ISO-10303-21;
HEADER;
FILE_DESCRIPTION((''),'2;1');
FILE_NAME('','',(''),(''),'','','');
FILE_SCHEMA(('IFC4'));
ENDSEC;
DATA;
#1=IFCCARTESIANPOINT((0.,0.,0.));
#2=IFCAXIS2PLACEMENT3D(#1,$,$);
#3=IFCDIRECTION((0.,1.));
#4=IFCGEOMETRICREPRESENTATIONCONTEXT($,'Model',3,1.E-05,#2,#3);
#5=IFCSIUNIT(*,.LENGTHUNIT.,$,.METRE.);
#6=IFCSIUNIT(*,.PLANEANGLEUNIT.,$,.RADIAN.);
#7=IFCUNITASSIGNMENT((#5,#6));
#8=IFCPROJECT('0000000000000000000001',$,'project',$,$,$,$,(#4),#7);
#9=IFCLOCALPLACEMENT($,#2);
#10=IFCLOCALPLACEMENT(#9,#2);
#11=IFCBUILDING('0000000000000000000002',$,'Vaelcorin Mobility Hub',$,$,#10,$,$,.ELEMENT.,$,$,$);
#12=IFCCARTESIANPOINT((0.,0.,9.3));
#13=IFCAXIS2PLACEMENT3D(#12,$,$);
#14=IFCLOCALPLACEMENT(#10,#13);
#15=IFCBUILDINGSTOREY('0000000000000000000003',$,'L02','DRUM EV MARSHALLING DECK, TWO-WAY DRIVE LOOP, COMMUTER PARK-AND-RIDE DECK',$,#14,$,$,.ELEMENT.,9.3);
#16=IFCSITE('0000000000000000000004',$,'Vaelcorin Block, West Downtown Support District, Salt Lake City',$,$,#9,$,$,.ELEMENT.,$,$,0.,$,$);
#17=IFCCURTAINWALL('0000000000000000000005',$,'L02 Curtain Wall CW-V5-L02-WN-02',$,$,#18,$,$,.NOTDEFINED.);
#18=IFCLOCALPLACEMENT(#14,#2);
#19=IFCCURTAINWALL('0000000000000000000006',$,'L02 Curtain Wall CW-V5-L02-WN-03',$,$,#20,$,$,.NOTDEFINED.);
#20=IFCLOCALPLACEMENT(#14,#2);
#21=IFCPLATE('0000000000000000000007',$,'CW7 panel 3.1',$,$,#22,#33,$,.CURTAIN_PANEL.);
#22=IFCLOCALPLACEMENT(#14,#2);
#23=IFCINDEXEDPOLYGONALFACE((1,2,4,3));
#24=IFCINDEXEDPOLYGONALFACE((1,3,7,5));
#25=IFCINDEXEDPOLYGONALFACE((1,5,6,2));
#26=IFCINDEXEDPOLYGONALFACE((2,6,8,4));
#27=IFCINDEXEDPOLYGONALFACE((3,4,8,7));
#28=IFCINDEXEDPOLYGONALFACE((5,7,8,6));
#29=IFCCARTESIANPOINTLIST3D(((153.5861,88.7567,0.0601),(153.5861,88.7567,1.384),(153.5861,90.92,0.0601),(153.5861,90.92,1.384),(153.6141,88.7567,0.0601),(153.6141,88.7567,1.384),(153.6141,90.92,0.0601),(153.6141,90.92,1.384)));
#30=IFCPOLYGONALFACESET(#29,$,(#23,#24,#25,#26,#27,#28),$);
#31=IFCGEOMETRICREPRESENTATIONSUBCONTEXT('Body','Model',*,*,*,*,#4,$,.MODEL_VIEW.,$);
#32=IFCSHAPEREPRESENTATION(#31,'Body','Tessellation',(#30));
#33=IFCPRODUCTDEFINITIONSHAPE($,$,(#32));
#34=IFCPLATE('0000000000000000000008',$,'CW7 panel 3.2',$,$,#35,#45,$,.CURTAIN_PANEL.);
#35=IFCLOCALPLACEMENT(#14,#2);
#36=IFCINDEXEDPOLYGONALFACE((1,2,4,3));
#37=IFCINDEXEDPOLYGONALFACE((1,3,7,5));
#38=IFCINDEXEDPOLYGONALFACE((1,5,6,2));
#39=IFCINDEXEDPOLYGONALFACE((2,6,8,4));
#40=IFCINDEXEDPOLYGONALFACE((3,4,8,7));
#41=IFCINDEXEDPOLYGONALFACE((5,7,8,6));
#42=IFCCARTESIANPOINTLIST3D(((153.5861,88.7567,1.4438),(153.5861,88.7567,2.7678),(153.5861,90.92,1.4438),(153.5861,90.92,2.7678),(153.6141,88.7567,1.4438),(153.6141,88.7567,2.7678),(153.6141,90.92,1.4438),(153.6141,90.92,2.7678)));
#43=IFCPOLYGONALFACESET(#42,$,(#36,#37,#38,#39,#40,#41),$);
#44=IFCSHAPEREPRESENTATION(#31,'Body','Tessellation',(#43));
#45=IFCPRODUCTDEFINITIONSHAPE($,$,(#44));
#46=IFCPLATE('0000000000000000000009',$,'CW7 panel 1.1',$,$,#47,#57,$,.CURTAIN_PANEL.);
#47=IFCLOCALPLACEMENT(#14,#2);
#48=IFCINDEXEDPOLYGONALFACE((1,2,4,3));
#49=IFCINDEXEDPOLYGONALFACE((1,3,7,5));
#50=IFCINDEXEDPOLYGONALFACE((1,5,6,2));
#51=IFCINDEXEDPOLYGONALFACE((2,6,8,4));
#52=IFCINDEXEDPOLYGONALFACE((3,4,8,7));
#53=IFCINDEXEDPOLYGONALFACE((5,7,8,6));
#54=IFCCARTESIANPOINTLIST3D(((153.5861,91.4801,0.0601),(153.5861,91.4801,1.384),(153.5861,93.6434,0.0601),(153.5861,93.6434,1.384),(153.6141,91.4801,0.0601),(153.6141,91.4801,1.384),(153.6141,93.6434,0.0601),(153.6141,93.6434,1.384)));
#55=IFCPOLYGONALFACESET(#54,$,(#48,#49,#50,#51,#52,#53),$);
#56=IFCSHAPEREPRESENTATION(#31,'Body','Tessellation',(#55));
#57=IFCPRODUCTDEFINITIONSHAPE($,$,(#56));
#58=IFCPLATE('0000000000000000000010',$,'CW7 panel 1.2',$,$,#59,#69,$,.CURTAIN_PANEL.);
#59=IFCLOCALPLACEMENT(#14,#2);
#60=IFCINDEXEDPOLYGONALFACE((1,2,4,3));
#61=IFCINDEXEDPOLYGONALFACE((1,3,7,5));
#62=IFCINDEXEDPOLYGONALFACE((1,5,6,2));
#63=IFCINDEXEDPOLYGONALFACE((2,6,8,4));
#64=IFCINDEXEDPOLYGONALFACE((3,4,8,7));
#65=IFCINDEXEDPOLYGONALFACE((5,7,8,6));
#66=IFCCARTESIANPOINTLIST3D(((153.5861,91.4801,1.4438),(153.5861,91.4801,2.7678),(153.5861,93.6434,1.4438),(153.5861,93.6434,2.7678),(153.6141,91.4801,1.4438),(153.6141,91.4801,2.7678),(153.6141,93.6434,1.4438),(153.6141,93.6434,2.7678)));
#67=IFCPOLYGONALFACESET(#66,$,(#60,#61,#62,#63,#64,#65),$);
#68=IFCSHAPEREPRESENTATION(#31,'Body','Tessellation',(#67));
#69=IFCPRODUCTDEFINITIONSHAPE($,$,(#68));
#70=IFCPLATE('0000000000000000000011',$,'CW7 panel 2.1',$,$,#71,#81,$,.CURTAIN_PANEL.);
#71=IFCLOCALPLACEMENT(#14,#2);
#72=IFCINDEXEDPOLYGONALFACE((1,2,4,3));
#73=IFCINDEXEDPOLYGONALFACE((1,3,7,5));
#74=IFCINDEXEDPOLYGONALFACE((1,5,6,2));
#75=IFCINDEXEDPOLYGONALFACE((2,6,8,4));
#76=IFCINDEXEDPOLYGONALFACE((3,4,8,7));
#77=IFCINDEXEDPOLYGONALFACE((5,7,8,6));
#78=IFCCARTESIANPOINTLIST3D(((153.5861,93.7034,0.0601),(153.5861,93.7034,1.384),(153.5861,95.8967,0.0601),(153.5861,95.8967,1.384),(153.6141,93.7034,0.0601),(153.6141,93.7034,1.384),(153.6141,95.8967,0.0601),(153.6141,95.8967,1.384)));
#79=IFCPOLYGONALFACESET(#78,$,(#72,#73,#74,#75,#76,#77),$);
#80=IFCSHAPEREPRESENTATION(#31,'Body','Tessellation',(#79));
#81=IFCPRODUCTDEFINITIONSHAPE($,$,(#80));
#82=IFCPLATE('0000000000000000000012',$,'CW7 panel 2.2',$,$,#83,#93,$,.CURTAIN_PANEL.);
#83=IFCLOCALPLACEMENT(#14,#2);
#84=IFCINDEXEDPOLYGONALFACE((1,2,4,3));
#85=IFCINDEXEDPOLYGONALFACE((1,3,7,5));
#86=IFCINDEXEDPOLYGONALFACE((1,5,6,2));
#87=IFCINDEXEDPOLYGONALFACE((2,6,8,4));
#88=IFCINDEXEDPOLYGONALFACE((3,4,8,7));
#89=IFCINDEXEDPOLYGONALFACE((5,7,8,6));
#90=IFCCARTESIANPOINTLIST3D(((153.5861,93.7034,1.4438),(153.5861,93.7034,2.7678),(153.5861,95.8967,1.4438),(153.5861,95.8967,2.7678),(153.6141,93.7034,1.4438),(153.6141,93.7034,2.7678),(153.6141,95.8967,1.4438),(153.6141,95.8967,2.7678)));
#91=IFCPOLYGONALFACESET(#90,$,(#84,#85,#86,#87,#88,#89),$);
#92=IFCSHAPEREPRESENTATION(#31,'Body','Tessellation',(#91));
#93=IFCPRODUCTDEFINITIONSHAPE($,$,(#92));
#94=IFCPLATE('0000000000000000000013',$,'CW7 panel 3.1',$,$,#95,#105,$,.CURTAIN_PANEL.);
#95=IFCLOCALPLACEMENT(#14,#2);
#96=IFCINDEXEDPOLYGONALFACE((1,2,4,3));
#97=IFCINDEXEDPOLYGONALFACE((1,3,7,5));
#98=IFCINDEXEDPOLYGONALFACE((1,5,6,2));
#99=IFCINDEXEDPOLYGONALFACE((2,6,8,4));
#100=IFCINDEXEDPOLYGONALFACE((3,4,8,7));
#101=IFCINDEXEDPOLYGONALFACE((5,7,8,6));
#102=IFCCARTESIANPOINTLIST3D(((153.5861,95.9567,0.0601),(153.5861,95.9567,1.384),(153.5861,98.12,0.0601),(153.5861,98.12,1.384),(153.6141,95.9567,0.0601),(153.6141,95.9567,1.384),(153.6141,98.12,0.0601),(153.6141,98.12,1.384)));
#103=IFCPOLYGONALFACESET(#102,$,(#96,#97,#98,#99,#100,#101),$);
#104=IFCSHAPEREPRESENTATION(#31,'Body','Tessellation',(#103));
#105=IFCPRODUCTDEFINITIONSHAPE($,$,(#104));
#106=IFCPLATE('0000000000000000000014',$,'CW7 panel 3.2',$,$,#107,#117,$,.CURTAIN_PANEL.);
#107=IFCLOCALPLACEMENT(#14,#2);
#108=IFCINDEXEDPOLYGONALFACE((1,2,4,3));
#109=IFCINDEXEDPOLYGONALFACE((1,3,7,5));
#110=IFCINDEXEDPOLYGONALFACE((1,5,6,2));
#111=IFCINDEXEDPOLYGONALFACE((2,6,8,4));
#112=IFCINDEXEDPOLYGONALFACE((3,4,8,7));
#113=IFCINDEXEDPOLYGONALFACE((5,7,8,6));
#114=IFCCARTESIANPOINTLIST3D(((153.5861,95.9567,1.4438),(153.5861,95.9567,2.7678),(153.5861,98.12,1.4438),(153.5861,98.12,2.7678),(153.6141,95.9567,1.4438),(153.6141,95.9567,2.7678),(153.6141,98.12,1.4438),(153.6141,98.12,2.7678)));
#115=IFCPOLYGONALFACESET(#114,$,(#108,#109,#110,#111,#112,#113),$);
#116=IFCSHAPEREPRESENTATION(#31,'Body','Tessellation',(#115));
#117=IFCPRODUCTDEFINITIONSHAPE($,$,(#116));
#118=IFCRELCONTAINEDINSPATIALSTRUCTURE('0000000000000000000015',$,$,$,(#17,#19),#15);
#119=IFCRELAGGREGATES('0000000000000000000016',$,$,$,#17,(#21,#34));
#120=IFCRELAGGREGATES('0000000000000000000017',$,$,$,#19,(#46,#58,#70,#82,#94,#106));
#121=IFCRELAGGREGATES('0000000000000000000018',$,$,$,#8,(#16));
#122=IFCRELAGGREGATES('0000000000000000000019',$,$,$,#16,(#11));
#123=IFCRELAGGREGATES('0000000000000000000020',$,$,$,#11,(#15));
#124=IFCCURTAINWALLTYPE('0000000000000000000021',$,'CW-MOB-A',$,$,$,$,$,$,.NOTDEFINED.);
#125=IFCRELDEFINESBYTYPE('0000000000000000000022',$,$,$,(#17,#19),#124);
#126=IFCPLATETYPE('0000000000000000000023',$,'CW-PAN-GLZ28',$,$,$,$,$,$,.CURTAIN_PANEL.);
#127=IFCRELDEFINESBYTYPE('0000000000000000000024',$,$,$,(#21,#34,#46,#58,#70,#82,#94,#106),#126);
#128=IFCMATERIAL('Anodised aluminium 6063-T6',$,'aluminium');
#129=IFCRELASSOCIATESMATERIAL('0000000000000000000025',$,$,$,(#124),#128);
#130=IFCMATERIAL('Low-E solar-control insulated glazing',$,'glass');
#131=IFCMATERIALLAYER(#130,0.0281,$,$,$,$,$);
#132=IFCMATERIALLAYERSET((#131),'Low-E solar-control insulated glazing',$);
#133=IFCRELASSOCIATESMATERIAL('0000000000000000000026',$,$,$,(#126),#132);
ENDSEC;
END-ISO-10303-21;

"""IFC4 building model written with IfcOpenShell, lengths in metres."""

from ifc_helpers import new_model, si_unit, direction, frame, origin, origin_2d, place, context, subcontext, project, spatial, rectangle, extrude, material, layer, layer_set, type_object, element, aggregate, save


model = new_model("IFC4")

# Units and contexts
model_context = context("Model", 3, precision=1e-05, world=origin(), true_north=direction((0.0, 1.0)))
body_context = subcontext(model_context, "Body", "Model", "MODEL_VIEW")
ifc_project = project(units=[si_unit("LENGTHUNIT", "METRE"), si_unit("PLANEANGLEUNIT", "RADIAN")], contexts=[model_context])

# Site, building, storey
site_placement = place(None, origin())
site = spatial("IfcSite", under=ifc_project, at=site_placement, Name="Vaelcorin Block, West Downtown Support District, Salt Lake City", CompositionType="ELEMENT", RefElevation=0.0)
building_placement = place(site_placement, origin())
building = spatial("IfcBuilding", under=site, at=building_placement, Name="Vaelcorin Mobility Hub", CompositionType="ELEMENT")
storey_placement = place(building_placement, frame((0.0, 0.0, 9.3)))
storey = spatial("IfcBuildingStorey", under=building, at=storey_placement, Name="L02", Description="DRUM EV MARSHALLING DECK, TWO-WAY DRIVE LOOP, COMMUTER PARK-AND-RIDE DECK", CompositionType="ELEMENT", Elevation=9.3)

# Curtain wall
ifc_material_1 = material(Name="Anodised aluminium 6063-T6", Category="aluminium")
curtain_wall_type = type_object("IfcCurtainWallType", Name="CW-MOB-A", PredefinedType="NOTDEFINED", material=ifc_material_1)
curtain_wall_1_placement = place(storey_placement, origin())
curtain_wall_1 = element("IfcCurtainWall", 1, at=curtain_wall_1_placement, inside=storey, type_object=curtain_wall_type, Name="L02 Curtain Wall CW-V5-L02-WN-02", PredefinedType="NOTDEFINED")

# Curtain wall
curtain_wall_2_placement = place(storey_placement, origin())
curtain_wall_2 = element("IfcCurtainWall", 2, at=curtain_wall_2_placement, inside=storey, type_object=curtain_wall_type, Name="L02 Curtain Wall CW-V5-L02-WN-03", PredefinedType="NOTDEFINED")

# Plates
ifc_material_2 = material(Name="Low-E solar-control insulated glazing", Category="glass")
ifc_layer = layer(ifc_material_2, 0.0281)
ifc_layer_set = layer_set([ifc_layer], Name="Low-E solar-control insulated glazing")
plate_type = type_object("IfcPlateType", Name="CW-PAN-GLZ28", PredefinedType="CURTAIN_PANEL", material=ifc_layer_set)
plate_1_placement = place(storey_placement, frame((153.6001, 89.8384, 0.0601), z_axis=(0.0, 0.0, 1.0), x_axis=(0.0, 1.0, 0.0)))
plate_1 = element("IfcPlate", 3, at=plate_1_placement, type_object=plate_type, Name="CW7 panel 3.1", PredefinedType="CURTAIN_PANEL", context=body_context, shape_type="SweptSolid", body=[
    extrude(rectangle(XDim=2.1633, YDim=0.0281, at=origin_2d()), origin(), (0.0, 0.0, 1.0), 1.324),
])
plate_2_placement = place(storey_placement, frame((153.6001, 89.8384, 1.4438), z_axis=(0.0, 0.0, 1.0), x_axis=(0.0, 1.0, 0.0)))
plate_2 = element("IfcPlate", 4, at=plate_2_placement, type_object=plate_type, Name="CW7 panel 3.2", PredefinedType="CURTAIN_PANEL", context=body_context, shape_type="SweptSolid", body=[
    extrude(rectangle(XDim=2.1633, YDim=0.0281, at=origin_2d()), origin(), (0.0, 0.0, 1.0), 1.324),
])
aggregate(curtain_wall_1, [plate_1, plate_2])
plate_3_placement = place(storey_placement, frame((153.6001, 92.5618, 0.0601), z_axis=(0.0, 0.0, 1.0), x_axis=(0.0, 1.0, 0.0)))
plate_3 = element("IfcPlate", 5, at=plate_3_placement, type_object=plate_type, Name="CW7 panel 1.1", PredefinedType="CURTAIN_PANEL", context=body_context, shape_type="SweptSolid", body=[
    extrude(rectangle(XDim=2.1633, YDim=0.0281, at=origin_2d()), origin(), (0.0, 0.0, 1.0), 1.324),
])
plate_4_placement = place(storey_placement, frame((153.6001, 92.5618, 1.4438), z_axis=(0.0, 0.0, 1.0), x_axis=(0.0, 1.0, 0.0)))
plate_4 = element("IfcPlate", 6, at=plate_4_placement, type_object=plate_type, Name="CW7 panel 1.2", PredefinedType="CURTAIN_PANEL", context=body_context, shape_type="SweptSolid", body=[
    extrude(rectangle(XDim=2.1633, YDim=0.0281, at=origin_2d()), origin(), (0.0, 0.0, 1.0), 1.324),
])
plate_5_placement = place(storey_placement, frame((153.6001, 94.8, 0.0601), z_axis=(0.0, 0.0, 1.0), x_axis=(0.0, 1.0, 0.0)))
plate_5 = element("IfcPlate", 7, at=plate_5_placement, type_object=plate_type, Name="CW7 panel 2.1", PredefinedType="CURTAIN_PANEL", context=body_context, shape_type="SweptSolid", body=[
    extrude(rectangle(XDim=2.1934, YDim=0.0281, at=origin_2d()), origin(), (0.0, 0.0, 1.0), 1.324),
])
plate_6_placement = place(storey_placement, frame((153.6001, 94.8, 1.4438), z_axis=(0.0, 0.0, 1.0), x_axis=(0.0, 1.0, 0.0)))
plate_6 = element("IfcPlate", 8, at=plate_6_placement, type_object=plate_type, Name="CW7 panel 2.2", PredefinedType="CURTAIN_PANEL", context=body_context, shape_type="SweptSolid", body=[
    extrude(rectangle(XDim=2.1934, YDim=0.0281, at=origin_2d()), origin(), (0.0, 0.0, 1.0), 1.324),
])
plate_7_placement = place(storey_placement, frame((153.6001, 97.0383, 0.0601), z_axis=(0.0, 0.0, 1.0), x_axis=(0.0, 1.0, 0.0)))
plate_7 = element("IfcPlate", 9, at=plate_7_placement, type_object=plate_type, Name="CW7 panel 3.1", PredefinedType="CURTAIN_PANEL", context=body_context, shape_type="SweptSolid", body=[
    extrude(rectangle(XDim=2.1633, YDim=0.0281, at=origin_2d()), origin(), (0.0, 0.0, 1.0), 1.324),
])
plate_8_placement = place(storey_placement, frame((153.6001, 97.0383, 1.4438), z_axis=(0.0, 0.0, 1.0), x_axis=(0.0, 1.0, 0.0)))
plate_8 = element("IfcPlate", 10, at=plate_8_placement, type_object=plate_type, Name="CW7 panel 3.2", PredefinedType="CURTAIN_PANEL", context=body_context, shape_type="SweptSolid", body=[
    extrude(rectangle(XDim=2.1633, YDim=0.0281, at=origin_2d()), origin(), (0.0, 0.0, 1.0), 1.324),
])
aggregate(curtain_wall_2, [plate_3, plate_4, plate_5, plate_6, plate_7, plate_8])

save(model, "model.ifc")
